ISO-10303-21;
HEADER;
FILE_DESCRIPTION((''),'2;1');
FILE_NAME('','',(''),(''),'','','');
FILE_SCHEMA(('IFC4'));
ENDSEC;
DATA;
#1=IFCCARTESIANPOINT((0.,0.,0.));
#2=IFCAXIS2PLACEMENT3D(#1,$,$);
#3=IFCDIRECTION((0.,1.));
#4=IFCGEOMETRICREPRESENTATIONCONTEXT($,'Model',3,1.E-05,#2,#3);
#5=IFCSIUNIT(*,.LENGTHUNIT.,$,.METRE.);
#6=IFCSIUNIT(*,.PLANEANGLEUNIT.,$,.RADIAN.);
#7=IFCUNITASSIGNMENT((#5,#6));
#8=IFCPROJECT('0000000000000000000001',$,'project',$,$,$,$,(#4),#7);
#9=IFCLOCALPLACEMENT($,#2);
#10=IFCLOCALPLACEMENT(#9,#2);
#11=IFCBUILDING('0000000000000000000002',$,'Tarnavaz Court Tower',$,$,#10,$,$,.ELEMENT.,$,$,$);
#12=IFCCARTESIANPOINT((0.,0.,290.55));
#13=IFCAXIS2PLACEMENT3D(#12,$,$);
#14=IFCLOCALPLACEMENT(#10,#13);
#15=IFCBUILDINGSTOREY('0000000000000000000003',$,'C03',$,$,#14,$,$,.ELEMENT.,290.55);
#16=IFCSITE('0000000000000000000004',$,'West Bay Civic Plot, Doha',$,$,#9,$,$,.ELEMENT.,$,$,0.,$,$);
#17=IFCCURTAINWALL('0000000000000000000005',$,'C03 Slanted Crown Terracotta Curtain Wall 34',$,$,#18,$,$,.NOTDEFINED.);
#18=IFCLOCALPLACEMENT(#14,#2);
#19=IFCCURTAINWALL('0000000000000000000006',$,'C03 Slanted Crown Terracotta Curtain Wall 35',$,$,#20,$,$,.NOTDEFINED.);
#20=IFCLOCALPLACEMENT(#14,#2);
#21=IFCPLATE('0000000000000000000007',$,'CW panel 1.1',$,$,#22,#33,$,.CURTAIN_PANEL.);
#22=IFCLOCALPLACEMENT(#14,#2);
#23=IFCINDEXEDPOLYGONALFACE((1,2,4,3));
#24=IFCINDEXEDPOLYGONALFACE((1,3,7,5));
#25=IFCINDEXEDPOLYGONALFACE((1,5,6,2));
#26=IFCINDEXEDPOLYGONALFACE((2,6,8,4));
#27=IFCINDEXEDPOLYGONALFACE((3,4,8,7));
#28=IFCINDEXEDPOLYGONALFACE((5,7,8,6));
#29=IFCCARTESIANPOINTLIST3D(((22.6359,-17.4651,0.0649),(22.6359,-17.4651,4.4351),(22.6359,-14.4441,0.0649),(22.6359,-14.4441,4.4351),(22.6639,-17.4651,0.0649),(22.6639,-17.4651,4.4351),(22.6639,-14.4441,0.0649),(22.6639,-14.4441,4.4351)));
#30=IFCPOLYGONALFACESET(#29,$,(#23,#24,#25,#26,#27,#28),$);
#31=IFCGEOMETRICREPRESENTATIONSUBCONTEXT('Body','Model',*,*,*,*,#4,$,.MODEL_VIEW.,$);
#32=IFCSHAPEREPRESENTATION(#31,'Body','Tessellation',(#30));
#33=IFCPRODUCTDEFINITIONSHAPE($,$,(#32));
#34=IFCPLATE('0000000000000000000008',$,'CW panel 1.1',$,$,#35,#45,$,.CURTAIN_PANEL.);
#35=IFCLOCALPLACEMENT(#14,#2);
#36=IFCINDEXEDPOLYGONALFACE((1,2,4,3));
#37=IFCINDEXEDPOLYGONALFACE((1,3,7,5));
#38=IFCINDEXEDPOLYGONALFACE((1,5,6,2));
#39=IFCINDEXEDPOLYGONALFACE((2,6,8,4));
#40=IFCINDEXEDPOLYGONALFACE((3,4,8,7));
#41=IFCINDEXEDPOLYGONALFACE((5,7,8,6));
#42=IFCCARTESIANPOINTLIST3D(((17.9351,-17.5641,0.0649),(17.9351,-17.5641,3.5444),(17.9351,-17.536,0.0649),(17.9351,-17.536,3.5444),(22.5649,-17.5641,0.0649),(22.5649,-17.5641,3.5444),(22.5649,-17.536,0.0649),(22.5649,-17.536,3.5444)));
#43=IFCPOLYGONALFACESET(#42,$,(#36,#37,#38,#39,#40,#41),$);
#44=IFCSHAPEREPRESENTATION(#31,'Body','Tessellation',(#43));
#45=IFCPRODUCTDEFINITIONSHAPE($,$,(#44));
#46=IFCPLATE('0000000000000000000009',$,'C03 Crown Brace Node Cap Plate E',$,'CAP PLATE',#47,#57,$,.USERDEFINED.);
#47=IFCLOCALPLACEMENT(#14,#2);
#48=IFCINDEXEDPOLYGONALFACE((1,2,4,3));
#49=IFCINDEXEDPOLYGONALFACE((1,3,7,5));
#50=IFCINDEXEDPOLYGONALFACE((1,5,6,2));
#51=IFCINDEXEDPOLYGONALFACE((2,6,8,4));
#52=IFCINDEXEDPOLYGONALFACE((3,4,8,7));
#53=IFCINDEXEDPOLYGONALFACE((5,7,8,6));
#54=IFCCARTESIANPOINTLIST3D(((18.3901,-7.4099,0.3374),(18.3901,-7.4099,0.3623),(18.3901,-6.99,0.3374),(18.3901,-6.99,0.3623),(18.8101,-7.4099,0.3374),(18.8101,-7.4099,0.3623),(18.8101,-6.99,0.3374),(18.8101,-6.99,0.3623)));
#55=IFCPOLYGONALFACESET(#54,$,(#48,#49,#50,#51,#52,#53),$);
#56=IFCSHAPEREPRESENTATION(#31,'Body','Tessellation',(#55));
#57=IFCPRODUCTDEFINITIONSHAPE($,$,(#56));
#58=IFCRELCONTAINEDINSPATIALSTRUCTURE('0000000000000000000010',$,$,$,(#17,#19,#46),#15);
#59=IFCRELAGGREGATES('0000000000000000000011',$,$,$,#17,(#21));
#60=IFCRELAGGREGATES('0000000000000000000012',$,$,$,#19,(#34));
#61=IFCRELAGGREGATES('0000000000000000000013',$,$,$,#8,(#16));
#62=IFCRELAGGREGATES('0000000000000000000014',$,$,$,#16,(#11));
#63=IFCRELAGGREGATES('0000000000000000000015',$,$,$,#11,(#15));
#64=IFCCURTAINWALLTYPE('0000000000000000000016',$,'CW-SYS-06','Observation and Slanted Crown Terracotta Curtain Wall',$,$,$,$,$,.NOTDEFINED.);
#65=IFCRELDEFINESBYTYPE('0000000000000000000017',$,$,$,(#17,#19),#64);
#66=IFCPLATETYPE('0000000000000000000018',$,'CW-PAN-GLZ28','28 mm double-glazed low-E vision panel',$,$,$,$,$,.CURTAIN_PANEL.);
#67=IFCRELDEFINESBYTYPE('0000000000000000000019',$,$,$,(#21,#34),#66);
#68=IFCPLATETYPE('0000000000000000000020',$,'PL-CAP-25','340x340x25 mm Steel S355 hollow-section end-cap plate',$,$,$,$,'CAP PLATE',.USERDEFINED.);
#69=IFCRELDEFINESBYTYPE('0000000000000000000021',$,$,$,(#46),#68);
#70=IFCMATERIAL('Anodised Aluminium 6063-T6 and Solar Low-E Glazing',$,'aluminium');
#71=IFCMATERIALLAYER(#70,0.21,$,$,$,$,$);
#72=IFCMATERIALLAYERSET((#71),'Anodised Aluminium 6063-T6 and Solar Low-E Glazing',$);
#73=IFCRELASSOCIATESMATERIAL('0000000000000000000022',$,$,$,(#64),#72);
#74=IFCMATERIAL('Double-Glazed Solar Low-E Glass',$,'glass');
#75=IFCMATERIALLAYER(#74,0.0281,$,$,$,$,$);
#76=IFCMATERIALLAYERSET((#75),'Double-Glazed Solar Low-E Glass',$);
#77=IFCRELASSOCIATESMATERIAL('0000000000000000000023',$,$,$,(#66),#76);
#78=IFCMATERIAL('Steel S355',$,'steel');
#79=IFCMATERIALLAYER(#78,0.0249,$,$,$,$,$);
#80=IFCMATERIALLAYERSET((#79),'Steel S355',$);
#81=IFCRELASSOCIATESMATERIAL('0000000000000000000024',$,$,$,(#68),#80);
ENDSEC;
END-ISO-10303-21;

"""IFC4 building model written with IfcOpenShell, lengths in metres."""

from ifc_helpers import new_model, si_unit, direction, frame, origin, origin_2d, place, context, subcontext, project, spatial, rectangle, extrude, material, layer, layer_set, type_object, element, aggregate, save


model = new_model("IFC4")

# Units and contexts
model_context = context("Model", 3, precision=1e-05, world=origin(), true_north=direction((0.0, 1.0)))
body_context = subcontext(model_context, "Body", "Model", "MODEL_VIEW")
ifc_project = project(units=[si_unit("LENGTHUNIT", "METRE"), si_unit("PLANEANGLEUNIT", "RADIAN")], contexts=[model_context])

# Site, building, storey
site_placement = place(None, origin())
site = spatial("IfcSite", under=ifc_project, at=site_placement, Name="West Bay Civic Plot, Doha", CompositionType="ELEMENT", RefElevation=0.0)
building_placement = place(site_placement, origin())
building = spatial("IfcBuilding", under=site, at=building_placement, Name="Tarnavaz Court Tower", CompositionType="ELEMENT")
storey_placement = place(building_placement, frame((0.0, 0.0, 290.55)))
storey = spatial("IfcBuildingStorey", under=building, at=storey_placement, Name="C03", CompositionType="ELEMENT", Elevation=290.55)

# Shared definitions
ifc_material_1 = material(Name="Steel S355", Category="steel")

# Shared definitions
ifc_material_2 = material(Name="Anodised Aluminium 6063-T6 and Solar Low-E Glazing", Category="aluminium")
ifc_layer_1 = layer(ifc_material_2, 0.21)
ifc_layer_set_1 = layer_set([ifc_layer_1], Name="Anodised Aluminium 6063-T6 and Solar Low-E Glazing")
curtain_wall_type = type_object("IfcCurtainWallType", Name="CW-SYS-06", Description="Observation and Slanted Crown Terracotta Curtain Wall", PredefinedType="NOTDEFINED", material=ifc_layer_set_1)

# Curtain wall
curtain_wall_1_placement = place(storey_placement, origin())
curtain_wall_1 = element("IfcCurtainWall", 1, at=curtain_wall_1_placement, inside=storey, type_object=curtain_wall_type, Name="C03 Slanted Crown Terracotta Curtain Wall 34", PredefinedType="NOTDEFINED")

# Curtain wall
curtain_wall_2_placement = place(storey_placement, origin())
curtain_wall_2 = element("IfcCurtainWall", 2, at=curtain_wall_2_placement, inside=storey, type_object=curtain_wall_type, Name="C03 Slanted Crown Terracotta Curtain Wall 35", PredefinedType="NOTDEFINED")

# Plates
ifc_material_3 = material(Name="Double-Glazed Solar Low-E Glass", Category="glass")
ifc_layer_2 = layer(ifc_material_3, 0.0281)
ifc_layer_set_2 = layer_set([ifc_layer_2], Name="Double-Glazed Solar Low-E Glass")
plate_type_1 = type_object("IfcPlateType", Name="CW-PAN-GLZ28", Description="28 mm double-glazed low-E vision panel", PredefinedType="CURTAIN_PANEL", material=ifc_layer_set_2)
plate_1_placement = place(storey_placement, frame((22.6499, -15.9546, 0.0649), z_axis=(0.0, 0.0, 1.0), x_axis=(0.0, -1.0, 0.0)))
plate_1 = element("IfcPlate", 3, at=plate_1_placement, type_object=plate_type_1, Name="CW panel 1.1", PredefinedType="CURTAIN_PANEL", context=body_context, shape_type="SweptSolid", body=[
    extrude(rectangle(XDim=3.021, YDim=0.0281, at=origin_2d()), origin(), (0.0, 0.0, 1.0), 4.3701),
])
aggregate(curtain_wall_1, [plate_1])
plate_2_placement = place(storey_placement, frame((20.25, -17.55, 0.0649), z_axis=(0.0, 0.0, 1.0), x_axis=(-1.0, 0.0, 0.0)))
plate_2 = element("IfcPlate", 4, at=plate_2_placement, type_object=plate_type_1, Name="CW panel 1.1", PredefinedType="CURTAIN_PANEL", context=body_context, shape_type="SweptSolid", body=[
    extrude(rectangle(XDim=4.6299, YDim=0.0281, at=origin_2d()), origin(), (0.0, 0.0, 1.0), 3.4795),
])
aggregate(curtain_wall_2, [plate_2])
ifc_layer_3 = layer(ifc_material_1, 0.0249)
ifc_layer_set_3 = layer_set([ifc_layer_3], Name="Steel S355")
plate_type_2 = type_object("IfcPlateType", Name="PL-CAP-25", Description="340x340x25 mm Steel S355 hollow-section end-cap plate", ElementType="CAP PLATE", PredefinedType="USERDEFINED", material=ifc_layer_set_3)
plate_3_placement = place(storey_placement, frame((18.6001, -7.2, 0.3374), z_axis=(0.0, 0.0, 1.0), x_axis=(1.0, 0.0, 0.0)))
element("IfcPlate", 5, at=plate_3_placement, inside=storey, type_object=plate_type_2, Name="C03 Crown Brace Node Cap Plate E", ObjectType="CAP PLATE", PredefinedType="USERDEFINED", context=body_context, shape_type="SweptSolid", body=[
    extrude(rectangle(XDim=0.4199, YDim=0.4199, at=origin_2d()), origin(), (0.0, 0.0, 1.0), 0.0249),
])

save(model, "model.ifc")
